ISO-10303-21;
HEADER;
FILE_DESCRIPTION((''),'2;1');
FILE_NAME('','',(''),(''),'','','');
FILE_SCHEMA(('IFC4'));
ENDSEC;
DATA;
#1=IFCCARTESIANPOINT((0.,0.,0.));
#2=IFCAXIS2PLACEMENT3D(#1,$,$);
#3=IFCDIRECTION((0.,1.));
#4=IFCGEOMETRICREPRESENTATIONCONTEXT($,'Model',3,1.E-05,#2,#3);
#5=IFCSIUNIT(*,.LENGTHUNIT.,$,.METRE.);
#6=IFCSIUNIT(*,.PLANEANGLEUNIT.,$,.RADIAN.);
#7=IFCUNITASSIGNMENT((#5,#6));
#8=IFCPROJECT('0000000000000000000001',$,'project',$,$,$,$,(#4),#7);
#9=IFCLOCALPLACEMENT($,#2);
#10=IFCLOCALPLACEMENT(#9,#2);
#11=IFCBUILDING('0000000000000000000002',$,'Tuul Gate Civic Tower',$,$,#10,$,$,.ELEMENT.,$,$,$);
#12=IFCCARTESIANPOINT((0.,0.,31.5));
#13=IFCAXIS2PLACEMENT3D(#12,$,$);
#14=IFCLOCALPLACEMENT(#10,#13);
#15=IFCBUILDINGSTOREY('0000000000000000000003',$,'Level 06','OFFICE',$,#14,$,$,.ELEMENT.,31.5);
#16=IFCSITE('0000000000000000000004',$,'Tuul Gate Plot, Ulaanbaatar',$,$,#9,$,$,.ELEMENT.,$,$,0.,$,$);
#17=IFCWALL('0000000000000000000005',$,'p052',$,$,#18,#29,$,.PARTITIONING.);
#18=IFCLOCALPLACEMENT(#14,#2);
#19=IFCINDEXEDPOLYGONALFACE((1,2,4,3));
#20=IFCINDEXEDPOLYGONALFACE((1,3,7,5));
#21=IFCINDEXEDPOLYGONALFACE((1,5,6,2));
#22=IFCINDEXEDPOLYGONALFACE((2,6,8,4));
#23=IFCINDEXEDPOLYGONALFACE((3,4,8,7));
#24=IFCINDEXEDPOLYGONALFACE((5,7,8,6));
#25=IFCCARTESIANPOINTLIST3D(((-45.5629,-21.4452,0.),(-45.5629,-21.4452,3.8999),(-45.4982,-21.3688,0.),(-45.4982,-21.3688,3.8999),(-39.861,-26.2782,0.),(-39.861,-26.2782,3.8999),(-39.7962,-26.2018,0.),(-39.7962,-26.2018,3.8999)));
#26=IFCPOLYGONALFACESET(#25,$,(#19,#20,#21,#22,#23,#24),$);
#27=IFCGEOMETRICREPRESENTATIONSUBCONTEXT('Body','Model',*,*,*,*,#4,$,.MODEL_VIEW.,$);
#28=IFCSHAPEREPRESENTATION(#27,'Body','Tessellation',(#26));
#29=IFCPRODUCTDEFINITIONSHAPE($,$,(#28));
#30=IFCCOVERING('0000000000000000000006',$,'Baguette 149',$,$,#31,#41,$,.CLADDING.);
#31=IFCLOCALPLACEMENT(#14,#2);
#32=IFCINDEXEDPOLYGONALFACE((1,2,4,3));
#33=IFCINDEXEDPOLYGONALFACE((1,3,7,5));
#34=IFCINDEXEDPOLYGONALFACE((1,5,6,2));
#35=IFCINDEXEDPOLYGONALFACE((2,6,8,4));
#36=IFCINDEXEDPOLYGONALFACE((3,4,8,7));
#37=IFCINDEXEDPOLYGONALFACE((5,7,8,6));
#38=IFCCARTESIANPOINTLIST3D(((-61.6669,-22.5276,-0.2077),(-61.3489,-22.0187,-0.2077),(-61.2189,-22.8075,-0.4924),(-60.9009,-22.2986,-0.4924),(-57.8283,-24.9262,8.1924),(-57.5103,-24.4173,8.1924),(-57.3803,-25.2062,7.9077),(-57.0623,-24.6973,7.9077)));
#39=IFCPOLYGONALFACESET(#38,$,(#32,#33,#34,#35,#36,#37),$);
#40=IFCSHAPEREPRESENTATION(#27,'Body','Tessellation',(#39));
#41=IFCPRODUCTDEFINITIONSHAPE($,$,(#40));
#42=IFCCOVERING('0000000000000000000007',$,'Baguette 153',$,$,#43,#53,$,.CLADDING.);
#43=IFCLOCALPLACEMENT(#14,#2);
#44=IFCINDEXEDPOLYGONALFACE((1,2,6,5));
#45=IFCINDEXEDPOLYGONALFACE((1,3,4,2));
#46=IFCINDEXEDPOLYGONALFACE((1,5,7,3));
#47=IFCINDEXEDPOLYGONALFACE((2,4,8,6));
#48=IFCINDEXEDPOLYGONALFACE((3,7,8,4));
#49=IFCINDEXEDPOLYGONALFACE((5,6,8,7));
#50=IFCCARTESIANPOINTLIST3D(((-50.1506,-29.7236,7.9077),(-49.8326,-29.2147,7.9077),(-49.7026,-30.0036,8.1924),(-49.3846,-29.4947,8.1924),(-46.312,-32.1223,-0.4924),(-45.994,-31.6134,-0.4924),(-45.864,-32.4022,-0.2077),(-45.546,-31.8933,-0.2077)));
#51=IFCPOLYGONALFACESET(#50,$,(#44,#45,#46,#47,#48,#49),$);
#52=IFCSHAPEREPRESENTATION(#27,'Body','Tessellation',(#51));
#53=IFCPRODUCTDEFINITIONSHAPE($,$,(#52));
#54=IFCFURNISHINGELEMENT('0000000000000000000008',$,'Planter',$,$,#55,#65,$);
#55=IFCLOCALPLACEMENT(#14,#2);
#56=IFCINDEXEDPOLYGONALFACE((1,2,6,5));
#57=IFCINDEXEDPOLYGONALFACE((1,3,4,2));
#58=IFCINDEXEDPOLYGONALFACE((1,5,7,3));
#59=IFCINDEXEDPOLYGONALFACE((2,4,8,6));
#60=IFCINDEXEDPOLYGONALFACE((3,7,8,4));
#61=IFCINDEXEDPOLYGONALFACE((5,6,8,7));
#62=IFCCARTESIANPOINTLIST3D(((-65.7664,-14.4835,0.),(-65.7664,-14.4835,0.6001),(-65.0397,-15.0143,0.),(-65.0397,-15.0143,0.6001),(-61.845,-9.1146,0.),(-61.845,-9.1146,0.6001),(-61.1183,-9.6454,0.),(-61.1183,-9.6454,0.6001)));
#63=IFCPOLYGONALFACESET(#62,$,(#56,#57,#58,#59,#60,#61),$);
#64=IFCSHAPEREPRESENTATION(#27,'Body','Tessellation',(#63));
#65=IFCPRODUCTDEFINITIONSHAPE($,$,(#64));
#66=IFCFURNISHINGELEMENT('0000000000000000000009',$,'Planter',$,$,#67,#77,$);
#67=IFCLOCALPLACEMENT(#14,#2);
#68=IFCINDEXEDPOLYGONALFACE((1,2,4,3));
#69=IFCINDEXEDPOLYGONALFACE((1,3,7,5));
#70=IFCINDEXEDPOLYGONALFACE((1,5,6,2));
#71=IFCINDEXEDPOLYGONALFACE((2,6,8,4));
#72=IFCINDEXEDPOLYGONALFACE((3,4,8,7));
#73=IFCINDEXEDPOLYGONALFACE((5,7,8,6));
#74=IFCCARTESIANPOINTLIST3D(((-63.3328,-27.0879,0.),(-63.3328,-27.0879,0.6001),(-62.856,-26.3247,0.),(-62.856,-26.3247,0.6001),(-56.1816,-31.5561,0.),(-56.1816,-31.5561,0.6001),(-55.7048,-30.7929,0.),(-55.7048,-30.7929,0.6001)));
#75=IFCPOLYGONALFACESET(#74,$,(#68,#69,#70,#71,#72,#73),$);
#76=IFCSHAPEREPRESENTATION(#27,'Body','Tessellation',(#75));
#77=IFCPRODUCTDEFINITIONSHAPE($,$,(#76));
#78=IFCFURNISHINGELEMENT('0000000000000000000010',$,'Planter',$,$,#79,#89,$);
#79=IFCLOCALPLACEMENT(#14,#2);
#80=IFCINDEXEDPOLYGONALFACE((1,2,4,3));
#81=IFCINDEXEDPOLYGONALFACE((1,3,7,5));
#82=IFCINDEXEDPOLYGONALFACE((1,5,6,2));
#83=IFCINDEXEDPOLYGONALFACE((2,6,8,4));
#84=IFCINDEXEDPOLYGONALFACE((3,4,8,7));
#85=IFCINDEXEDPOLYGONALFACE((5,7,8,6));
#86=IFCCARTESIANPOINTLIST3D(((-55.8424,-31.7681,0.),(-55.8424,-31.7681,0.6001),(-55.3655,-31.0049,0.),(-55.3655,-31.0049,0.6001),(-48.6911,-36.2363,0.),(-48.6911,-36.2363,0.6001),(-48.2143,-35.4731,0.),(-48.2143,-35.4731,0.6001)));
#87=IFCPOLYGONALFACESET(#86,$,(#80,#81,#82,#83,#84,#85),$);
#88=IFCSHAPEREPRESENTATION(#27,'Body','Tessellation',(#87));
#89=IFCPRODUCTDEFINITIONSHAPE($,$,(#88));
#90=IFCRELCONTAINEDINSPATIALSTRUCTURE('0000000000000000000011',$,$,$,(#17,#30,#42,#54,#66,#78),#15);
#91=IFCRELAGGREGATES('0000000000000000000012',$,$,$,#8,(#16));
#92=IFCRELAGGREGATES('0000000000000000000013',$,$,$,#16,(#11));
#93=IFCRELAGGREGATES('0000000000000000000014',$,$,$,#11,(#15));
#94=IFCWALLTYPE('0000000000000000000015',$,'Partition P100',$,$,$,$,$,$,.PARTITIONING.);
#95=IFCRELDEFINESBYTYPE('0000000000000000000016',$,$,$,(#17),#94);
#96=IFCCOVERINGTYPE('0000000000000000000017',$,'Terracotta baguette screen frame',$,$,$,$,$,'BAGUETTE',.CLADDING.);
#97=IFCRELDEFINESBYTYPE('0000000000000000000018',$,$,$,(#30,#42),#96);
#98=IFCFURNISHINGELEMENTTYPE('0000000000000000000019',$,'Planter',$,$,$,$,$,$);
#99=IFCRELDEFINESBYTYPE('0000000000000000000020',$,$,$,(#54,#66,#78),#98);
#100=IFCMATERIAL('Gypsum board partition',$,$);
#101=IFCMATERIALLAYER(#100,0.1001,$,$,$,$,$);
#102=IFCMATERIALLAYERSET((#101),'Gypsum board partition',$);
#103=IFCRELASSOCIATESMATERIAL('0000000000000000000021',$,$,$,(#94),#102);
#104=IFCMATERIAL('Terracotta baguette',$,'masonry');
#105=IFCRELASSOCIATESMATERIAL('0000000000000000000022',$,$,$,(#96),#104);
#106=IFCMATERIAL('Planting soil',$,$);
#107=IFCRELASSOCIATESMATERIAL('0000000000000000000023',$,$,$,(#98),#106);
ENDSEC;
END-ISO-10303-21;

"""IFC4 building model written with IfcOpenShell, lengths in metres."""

from ifc_helpers import new_model, si_unit, direction, frame, frame_2d, origin, origin_2d, place, context, subcontext, project, spatial, rectangle, extrude, material, layer, layer_set, material_profile, profile_set, type_object, element, save


model = new_model("IFC4")

# Units and contexts
model_context = context("Model", 3, precision=1e-05, world=origin(), true_north=direction((0.0, 1.0)))
body_context = subcontext(model_context, "Body", "Model", "MODEL_VIEW")
ifc_project = project(units=[si_unit("LENGTHUNIT", "METRE"), si_unit("PLANEANGLEUNIT", "RADIAN")], contexts=[model_context])

# Site, building, storey
site_placement = place(None, origin())
site = spatial("IfcSite", under=ifc_project, at=site_placement, Name="Tuul Gate Plot, Ulaanbaatar", CompositionType="ELEMENT", RefElevation=0.0)
building_placement = place(site_placement, origin())
building = spatial("IfcBuilding", under=site, at=building_placement, Name="Tuul Gate Civic Tower", CompositionType="ELEMENT")
storey_placement = place(building_placement, frame((0.0, 0.0, 31.5)))
storey = spatial("IfcBuildingStorey", under=building, at=storey_placement, Name="Level 06", Description="OFFICE", CompositionType="ELEMENT", Elevation=31.5)

# Wall
ifc_material_1 = material(Name="Gypsum board partition")
ifc_layer_1 = layer(ifc_material_1, 0.1001)
ifc_layer_set_1 = layer_set([ifc_layer_1], Name="Gypsum board partition")
wall_type_1 = type_object("IfcWallType", Name="Partition P100", PredefinedType="PARTITIONING", material=ifc_layer_set_1)
wall_1_placement = place(storey_placement, frame((-45.5305, -21.407, 0.0), z_axis=(0.0, 0.0, 1.0), x_axis=(0.762837, -0.646591, 0.0)))
element("IfcWall", 1, at=wall_1_placement, inside=storey, type_object=wall_type_1, Name="p052", PredefinedType="PARTITIONING", context=body_context, shape_type="SweptSolid", body=[
    extrude(rectangle(XDim=7.4746, YDim=0.1001, at=frame_2d((3.7373, 0.0))), origin(), (0.0, 0.0, 1.0), 3.8999),
])

# Coverings
ifc_material_2 = material(Name="Terracotta baguette", Category="masonry")
ifc_material_profile_1 = material_profile(ifc_material_2, rectangle(XDim=0.6001, YDim=0.6001, at=origin_2d()), Name="Terracotta baguette screen frame")
ifc_profile_set_1 = profile_set([ifc_material_profile_1], Name="Terracotta baguette")
covering_type = type_object("IfcCoveringType", Name="Terracotta baguette screen frame", ElementType="BAGUETTE", PredefinedType="CLADDING", material=ifc_profile_set_1)
for number, where, z_axis, x_axis, name in (
    (2, (-57.4453, -24.8118, 8.05), (-0.402284, 0.25138, -0.880327), (-0.529926, -0.848044, 0.0), "Baguette 149"),
    (3, (-49.7676, -29.6091, 8.05), (0.402284, -0.25138, -0.880327), (0.529926, 0.848044, 0.0), "Baguette 153"),
):
    element("IfcCovering", number, at=place(storey_placement, frame(where, z_axis=z_axis, x_axis=x_axis)), inside=storey, type_object=covering_type, Name=name, PredefinedType="CLADDING", context=body_context, shape_type="SweptSolid", body=[
        extrude(rectangle(XDim=0.6001, YDim=0.6001, at=origin_2d()), origin(), (0.0, 0.0, 1.0), 9.542),
    ])

# Furnishing elements
ifc_material_3 = material(Name="Planting soil")
furnishing_element_type = type_object("IfcFurnishingElementType", Name="Planter", material=ifc_material_3)
furnishing_placement = place(storey_placement, frame((-63.4424, -12.0645, 0.0), z_axis=(0.0, 0.0, 1.0), x_axis=(-0.58982, -0.807535, 0.0)))
element("IfcFurnishingElement", 4, at=furnishing_placement, inside=storey, type_object=furnishing_element_type, Name="Planter", context=body_context, shape_type="SweptSolid", body=[
    extrude(rectangle(XDim=6.6484, YDim=0.8999, at=origin_2d()), origin(), (0.0, 0.0, 1.0), 0.6001),
])
for number, where, z_axis, x_axis, name in (
    (5, (-59.5188, -28.9404, 0.0), (0.0, 0.0, 1.0), (0.84807, -0.529885, 0.0), "Planter"),
    (6, (-52.0283, -33.6206, 0.0), (0.0, 0.0, 1.0), (0.84807, -0.529885, 0.0), "Planter"),
):
    element("IfcFurnishingElement", number, at=place(storey_placement, frame(where, z_axis=z_axis, x_axis=x_axis)), inside=storey, type_object=furnishing_element_type, Name=name, context=body_context, shape_type="SweptSolid", body=[
        extrude(rectangle(XDim=8.4324, YDim=0.8999, at=origin_2d()), origin(), (0.0, 0.0, 1.0), 0.6001),
    ])

save(model, "model.ifc")
